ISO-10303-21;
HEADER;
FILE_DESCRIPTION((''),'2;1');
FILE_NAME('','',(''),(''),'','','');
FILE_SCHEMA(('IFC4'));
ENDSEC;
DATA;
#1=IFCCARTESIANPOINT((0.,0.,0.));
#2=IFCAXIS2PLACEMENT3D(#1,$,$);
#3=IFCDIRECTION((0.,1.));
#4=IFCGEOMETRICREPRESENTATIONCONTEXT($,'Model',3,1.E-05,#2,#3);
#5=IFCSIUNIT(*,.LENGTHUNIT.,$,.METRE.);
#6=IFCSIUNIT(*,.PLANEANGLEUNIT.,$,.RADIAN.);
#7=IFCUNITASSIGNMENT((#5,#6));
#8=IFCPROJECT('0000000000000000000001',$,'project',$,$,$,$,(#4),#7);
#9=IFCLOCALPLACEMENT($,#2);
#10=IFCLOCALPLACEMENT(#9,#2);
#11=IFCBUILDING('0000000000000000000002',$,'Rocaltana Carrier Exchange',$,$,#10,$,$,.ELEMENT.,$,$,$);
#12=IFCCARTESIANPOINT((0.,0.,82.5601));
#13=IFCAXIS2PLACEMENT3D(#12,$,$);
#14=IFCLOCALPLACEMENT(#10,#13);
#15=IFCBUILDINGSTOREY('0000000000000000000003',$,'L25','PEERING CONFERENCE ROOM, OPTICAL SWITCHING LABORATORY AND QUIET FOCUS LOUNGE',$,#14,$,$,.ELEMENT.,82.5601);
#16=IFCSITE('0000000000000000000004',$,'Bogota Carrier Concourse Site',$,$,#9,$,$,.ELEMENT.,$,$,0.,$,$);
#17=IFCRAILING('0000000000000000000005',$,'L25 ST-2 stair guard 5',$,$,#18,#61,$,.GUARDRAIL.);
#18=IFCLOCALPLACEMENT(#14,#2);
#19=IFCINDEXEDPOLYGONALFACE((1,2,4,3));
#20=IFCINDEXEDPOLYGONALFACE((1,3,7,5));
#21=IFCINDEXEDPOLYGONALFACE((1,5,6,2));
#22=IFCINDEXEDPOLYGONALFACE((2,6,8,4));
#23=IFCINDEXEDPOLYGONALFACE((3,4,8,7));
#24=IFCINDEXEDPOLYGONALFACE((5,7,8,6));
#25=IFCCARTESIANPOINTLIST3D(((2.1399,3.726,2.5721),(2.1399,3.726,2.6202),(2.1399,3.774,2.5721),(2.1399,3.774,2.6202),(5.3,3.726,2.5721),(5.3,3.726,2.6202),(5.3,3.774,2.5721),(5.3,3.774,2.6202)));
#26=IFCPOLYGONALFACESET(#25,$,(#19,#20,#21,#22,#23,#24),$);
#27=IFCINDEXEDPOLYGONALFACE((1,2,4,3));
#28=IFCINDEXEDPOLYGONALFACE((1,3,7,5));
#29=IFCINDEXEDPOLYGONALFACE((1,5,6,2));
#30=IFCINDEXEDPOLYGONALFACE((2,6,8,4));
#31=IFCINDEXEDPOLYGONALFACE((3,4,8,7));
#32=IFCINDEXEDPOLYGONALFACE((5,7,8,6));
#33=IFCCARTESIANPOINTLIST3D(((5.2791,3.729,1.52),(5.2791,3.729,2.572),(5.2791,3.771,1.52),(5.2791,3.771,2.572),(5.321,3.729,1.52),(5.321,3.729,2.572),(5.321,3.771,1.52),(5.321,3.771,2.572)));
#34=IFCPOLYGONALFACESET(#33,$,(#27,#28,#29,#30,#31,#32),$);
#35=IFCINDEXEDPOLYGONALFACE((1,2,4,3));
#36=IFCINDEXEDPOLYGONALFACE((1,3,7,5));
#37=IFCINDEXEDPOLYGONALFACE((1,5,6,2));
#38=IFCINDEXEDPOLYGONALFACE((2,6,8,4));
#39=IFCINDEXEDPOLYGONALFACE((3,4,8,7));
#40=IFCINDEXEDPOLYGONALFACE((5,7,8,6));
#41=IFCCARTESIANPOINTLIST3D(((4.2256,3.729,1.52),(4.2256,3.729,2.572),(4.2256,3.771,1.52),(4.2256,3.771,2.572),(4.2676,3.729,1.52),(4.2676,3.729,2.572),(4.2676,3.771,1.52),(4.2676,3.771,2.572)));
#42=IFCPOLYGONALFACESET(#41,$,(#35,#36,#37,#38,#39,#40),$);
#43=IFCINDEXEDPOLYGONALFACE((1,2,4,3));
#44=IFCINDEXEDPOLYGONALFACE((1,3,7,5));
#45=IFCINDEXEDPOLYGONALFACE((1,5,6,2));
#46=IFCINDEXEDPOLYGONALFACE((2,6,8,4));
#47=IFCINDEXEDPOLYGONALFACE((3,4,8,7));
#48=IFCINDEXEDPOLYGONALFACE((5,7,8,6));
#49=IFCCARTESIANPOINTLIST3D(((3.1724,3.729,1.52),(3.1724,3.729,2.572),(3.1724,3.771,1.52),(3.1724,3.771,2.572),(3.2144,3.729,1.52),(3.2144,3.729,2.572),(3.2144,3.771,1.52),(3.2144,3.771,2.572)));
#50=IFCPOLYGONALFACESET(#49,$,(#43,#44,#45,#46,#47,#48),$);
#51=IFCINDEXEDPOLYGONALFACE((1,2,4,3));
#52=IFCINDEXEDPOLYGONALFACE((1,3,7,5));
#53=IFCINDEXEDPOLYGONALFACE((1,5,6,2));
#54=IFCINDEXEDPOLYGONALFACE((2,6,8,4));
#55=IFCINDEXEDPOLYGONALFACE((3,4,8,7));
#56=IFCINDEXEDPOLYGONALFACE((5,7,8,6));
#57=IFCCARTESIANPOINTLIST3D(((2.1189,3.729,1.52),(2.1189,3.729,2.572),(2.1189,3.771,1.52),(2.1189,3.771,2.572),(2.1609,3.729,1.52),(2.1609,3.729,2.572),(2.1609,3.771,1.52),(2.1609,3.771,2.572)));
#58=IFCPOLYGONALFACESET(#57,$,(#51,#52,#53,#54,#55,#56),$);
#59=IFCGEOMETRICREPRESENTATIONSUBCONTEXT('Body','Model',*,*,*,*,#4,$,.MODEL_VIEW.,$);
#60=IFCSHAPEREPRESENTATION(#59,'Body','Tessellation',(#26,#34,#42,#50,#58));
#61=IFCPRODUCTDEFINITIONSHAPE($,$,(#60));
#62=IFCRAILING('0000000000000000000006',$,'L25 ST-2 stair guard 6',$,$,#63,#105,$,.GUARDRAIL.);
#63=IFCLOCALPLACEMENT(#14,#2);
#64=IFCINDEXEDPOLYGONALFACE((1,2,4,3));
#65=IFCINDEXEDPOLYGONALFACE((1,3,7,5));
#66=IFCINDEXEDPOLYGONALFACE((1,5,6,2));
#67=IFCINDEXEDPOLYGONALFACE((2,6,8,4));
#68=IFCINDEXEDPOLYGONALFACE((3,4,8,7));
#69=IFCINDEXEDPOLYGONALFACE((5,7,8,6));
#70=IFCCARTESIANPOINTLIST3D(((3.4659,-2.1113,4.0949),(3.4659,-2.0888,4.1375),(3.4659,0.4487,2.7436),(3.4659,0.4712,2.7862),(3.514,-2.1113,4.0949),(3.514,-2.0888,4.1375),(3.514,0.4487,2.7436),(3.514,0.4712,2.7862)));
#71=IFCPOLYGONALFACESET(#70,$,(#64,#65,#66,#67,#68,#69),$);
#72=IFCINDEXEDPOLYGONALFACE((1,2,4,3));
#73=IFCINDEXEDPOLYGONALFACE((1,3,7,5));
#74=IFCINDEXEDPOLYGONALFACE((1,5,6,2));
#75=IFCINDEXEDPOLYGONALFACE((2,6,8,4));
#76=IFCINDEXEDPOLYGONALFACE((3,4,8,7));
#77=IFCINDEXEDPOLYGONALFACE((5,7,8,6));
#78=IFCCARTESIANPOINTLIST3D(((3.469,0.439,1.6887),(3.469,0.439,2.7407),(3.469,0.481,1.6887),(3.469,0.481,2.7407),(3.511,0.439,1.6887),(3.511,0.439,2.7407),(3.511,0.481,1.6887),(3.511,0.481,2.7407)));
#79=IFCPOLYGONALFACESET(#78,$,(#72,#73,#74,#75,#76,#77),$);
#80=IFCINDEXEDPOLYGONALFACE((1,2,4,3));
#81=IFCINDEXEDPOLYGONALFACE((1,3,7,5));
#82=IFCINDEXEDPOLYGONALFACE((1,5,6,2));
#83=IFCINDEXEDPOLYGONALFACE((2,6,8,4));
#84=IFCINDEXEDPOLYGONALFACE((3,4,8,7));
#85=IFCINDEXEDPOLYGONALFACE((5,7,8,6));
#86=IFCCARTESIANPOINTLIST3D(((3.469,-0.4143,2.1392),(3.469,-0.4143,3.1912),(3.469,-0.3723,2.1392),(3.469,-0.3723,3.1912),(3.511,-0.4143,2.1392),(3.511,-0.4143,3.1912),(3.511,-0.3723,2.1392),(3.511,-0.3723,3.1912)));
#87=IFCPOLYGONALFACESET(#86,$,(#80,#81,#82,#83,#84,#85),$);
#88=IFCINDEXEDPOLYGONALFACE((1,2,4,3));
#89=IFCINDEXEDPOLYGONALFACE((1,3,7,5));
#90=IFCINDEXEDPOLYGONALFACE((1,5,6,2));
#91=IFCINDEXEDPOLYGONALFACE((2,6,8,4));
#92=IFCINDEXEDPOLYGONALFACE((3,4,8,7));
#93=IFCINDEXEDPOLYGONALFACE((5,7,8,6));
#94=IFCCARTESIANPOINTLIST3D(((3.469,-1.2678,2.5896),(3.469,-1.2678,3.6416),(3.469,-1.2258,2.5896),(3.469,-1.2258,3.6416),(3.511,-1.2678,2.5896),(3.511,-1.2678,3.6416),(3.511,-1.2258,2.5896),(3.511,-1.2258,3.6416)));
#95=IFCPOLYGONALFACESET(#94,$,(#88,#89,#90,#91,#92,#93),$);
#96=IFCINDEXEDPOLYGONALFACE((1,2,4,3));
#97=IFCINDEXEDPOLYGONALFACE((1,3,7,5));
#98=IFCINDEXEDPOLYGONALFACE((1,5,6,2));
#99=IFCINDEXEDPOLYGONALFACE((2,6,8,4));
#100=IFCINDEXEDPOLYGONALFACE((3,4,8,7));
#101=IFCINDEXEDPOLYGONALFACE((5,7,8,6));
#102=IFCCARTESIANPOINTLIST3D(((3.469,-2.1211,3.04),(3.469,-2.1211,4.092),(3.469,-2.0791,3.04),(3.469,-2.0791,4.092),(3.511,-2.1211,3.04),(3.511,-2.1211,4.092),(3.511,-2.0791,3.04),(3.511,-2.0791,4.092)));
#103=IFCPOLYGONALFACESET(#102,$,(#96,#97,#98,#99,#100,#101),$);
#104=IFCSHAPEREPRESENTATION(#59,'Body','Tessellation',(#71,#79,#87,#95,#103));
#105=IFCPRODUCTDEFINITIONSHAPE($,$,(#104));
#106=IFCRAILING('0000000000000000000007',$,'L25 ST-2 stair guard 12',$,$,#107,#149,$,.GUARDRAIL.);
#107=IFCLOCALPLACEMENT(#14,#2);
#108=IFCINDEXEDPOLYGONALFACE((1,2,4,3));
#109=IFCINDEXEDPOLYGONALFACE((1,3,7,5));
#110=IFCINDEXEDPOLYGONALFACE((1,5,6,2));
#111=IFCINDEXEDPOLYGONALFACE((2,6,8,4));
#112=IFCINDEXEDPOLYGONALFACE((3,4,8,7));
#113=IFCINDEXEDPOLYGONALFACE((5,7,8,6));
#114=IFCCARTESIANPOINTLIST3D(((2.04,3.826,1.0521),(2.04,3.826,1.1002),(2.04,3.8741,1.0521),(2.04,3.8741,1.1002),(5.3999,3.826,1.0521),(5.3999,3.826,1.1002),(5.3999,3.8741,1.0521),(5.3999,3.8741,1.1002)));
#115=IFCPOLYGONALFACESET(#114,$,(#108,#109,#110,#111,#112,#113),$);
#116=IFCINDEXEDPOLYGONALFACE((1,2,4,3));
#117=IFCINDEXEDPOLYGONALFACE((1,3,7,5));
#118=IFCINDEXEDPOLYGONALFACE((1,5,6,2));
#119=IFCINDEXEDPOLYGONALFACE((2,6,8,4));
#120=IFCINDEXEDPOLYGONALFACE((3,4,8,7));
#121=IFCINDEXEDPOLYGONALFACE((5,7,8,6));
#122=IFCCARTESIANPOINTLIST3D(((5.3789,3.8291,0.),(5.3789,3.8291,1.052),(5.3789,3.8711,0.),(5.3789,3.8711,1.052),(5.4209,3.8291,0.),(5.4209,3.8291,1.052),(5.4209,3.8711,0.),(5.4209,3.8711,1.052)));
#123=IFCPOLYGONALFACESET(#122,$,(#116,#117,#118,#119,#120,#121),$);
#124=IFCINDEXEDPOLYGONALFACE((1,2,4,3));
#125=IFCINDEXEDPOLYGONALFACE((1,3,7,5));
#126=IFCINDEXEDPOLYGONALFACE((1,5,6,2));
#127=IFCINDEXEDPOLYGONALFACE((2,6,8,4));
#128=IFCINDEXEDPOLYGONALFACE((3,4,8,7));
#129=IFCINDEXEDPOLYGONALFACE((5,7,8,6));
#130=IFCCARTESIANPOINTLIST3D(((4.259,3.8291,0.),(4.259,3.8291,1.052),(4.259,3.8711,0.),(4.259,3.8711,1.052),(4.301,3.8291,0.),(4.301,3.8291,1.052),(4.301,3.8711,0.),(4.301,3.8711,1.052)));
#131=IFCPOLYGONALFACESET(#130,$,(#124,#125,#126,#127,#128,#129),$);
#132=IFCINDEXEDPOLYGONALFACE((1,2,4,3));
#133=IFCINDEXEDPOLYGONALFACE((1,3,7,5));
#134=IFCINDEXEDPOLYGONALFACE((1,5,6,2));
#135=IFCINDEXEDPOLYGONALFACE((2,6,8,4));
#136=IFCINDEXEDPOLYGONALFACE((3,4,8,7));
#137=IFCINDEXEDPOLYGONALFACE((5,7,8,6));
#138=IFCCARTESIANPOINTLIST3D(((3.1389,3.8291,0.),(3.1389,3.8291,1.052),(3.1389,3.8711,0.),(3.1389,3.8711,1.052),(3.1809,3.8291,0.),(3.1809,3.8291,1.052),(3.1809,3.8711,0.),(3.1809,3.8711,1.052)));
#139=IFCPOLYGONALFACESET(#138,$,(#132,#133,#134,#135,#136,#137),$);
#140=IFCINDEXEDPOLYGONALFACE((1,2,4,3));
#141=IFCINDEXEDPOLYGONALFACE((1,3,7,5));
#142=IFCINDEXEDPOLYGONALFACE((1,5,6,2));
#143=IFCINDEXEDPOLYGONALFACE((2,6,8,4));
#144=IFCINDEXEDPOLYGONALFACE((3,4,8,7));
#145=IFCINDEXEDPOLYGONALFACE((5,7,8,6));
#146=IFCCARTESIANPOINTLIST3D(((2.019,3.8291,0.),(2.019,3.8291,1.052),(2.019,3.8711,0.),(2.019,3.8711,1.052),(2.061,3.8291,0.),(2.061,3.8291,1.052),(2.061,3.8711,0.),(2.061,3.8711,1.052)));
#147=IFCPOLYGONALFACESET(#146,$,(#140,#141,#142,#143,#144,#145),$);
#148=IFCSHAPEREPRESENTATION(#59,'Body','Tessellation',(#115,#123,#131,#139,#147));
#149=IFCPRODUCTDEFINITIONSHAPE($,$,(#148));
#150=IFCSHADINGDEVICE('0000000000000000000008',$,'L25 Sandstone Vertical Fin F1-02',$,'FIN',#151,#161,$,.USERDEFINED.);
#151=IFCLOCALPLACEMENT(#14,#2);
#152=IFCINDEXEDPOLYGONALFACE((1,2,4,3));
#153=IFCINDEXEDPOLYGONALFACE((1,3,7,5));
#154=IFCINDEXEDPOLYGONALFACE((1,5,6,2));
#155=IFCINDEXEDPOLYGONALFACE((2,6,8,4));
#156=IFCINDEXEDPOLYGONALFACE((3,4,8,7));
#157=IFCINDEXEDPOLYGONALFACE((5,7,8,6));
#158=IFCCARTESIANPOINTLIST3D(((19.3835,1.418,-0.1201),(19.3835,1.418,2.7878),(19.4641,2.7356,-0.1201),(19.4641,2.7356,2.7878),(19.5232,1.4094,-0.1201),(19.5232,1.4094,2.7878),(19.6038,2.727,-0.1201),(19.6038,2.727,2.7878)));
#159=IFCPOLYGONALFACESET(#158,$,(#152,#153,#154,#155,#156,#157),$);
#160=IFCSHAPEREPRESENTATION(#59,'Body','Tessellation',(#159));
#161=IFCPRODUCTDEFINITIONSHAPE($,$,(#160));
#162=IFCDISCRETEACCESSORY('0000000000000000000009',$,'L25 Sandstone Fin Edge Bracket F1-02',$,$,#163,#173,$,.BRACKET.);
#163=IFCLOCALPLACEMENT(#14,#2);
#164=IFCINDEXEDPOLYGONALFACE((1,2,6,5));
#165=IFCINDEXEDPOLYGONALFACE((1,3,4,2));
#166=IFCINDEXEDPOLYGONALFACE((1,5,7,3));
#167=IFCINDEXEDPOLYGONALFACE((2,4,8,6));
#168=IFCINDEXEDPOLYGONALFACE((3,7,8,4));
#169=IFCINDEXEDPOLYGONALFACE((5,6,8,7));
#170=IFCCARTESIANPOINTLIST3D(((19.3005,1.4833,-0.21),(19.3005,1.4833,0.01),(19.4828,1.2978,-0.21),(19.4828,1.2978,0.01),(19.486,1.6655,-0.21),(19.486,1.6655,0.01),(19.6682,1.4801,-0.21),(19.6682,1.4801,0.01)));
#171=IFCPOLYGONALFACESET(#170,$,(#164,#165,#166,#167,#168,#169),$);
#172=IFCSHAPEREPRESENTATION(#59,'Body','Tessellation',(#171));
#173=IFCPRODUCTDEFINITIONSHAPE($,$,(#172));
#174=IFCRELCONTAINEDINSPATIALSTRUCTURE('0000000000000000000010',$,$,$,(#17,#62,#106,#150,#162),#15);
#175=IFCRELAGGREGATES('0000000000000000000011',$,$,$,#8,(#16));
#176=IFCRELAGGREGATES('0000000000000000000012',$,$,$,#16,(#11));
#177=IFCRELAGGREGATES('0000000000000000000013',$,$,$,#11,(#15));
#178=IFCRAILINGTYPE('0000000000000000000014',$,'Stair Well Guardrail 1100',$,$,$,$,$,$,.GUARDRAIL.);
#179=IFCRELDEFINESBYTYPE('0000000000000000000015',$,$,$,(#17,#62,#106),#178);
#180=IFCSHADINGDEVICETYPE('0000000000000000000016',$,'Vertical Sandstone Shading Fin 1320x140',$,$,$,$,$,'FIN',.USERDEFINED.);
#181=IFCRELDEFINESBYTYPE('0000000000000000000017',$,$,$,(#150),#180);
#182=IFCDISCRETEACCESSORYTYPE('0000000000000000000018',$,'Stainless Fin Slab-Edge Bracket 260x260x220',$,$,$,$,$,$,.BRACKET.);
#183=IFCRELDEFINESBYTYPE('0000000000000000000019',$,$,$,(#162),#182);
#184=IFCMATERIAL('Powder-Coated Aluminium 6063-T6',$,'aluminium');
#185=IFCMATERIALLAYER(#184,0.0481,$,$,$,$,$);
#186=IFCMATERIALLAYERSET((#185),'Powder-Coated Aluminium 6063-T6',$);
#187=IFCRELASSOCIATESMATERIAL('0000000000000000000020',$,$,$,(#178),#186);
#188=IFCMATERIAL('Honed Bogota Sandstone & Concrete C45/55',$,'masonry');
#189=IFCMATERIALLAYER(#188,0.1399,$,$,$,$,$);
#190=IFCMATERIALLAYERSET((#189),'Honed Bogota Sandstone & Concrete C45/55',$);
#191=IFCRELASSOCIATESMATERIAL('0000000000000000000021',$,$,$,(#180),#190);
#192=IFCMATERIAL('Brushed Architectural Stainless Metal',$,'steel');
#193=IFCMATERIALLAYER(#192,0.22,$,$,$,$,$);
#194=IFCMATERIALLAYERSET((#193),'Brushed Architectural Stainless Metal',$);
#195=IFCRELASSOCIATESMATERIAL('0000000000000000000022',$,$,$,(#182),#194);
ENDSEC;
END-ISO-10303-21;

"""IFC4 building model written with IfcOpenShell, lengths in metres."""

from ifc_helpers import new_model, si_unit, direction, frame, origin, origin_2d, place, context, subcontext, project, spatial, rectangle, extrude, material, layer, layer_set, type_object, element, save


model = new_model("IFC4")

# Units and contexts
model_context = context("Model", 3, precision=1e-05, world=origin(), true_north=direction((0.0, 1.0)))
body_context = subcontext(model_context, "Body", "Model", "MODEL_VIEW")
ifc_project = project(units=[si_unit("LENGTHUNIT", "METRE"), si_unit("PLANEANGLEUNIT", "RADIAN")], contexts=[model_context])

# Site, building, storey
site_placement = place(None, origin())
site = spatial("IfcSite", under=ifc_project, at=site_placement, Name="Bogota Carrier Concourse Site", CompositionType="ELEMENT", RefElevation=0.0)
building_placement = place(site_placement, origin())
building = spatial("IfcBuilding", under=site, at=building_placement, Name="Rocaltana Carrier Exchange", CompositionType="ELEMENT")
storey_placement = place(building_placement, frame((0.0, 0.0, 82.5601)))
storey = spatial("IfcBuildingStorey", under=building, at=storey_placement, Name="L25", Description="PEERING CONFERENCE ROOM, OPTICAL SWITCHING LABORATORY AND QUIET FOCUS LOUNGE", CompositionType="ELEMENT", Elevation=82.5601)

# Railings
ifc_material_1 = material(Name="Powder-Coated Aluminium 6063-T6", Category="aluminium")
ifc_layer_1 = layer(ifc_material_1, 0.0481)
ifc_layer_set_1 = layer_set([ifc_layer_1], Name="Powder-Coated Aluminium 6063-T6")
railing_type_1 = type_object("IfcRailingType", Name="Stair Well Guardrail 1100", PredefinedType="GUARDRAIL", material=ifc_layer_set_1)
railing_1_placement = place(storey_placement, frame((5.3, 3.75, 1.52)))
element("IfcRailing", 1, at=railing_1_placement, inside=storey, type_object=railing_type_1, Name="L25 ST-2 stair guard 5", PredefinedType="GUARDRAIL", context=body_context, shape_type="SweptSolid", body=[
    extrude(rectangle(XDim=0.0481, YDim=0.0481, at=origin_2d()), frame((0.0, 0.0, 1.0762), z_axis=(-1.0, 0.0, 0.0), x_axis=(0.0, -1.0, 0.0)), (0.0, 0.0, 1.0), 3.1602),
    extrude(rectangle(XDim=0.042, YDim=0.042, at=origin_2d()), origin(), (0.0, 0.0, 1.0), 1.052),
    extrude(rectangle(XDim=0.042, YDim=0.042, at=origin_2d()), frame((-1.0535, 0.0, 0.0)), (0.0, 0.0, 1.0), 1.052),
    extrude(rectangle(XDim=0.042, YDim=0.042, at=origin_2d()), frame((-2.1067, 0.0, 0.0)), (0.0, 0.0, 1.0), 1.052),
    extrude(rectangle(XDim=0.042, YDim=0.042, at=origin_2d()), frame((-3.1602, 0.0, 0.0)), (0.0, 0.0, 1.0), 1.052),
])
railing_2_placement = place(storey_placement, frame((3.49, 0.46, 1.6887)))
element("IfcRailing", 2, at=railing_2_placement, inside=storey, type_object=railing_type_1, Name="L25 ST-2 stair guard 6", PredefinedType="GUARDRAIL", context=body_context, shape_type="SweptSolid", body=[
    extrude(rectangle(XDim=0.0481, YDim=0.0481, at=origin_2d()), frame((0.0, 0.0, 1.0762), z_axis=(0.0, -0.88436, 0.466806), x_axis=(1.0, 0.0, 0.0)), (0.0, 0.0, 1.0), 2.8948),
    extrude(rectangle(XDim=0.042, YDim=0.042, at=origin_2d()), origin(), (0.0, 0.0, 1.0), 1.052),
    extrude(rectangle(XDim=0.042, YDim=0.042, at=origin_2d()), frame((0.0, -0.8533, 0.4504)), (0.0, 0.0, 1.0), 1.052),
    extrude(rectangle(XDim=0.042, YDim=0.042, at=origin_2d()), frame((0.0, -1.7068, 0.9009)), (0.0, 0.0, 1.0), 1.052),
    extrude(rectangle(XDim=0.042, YDim=0.042, at=origin_2d()), frame((0.0, -2.5601, 1.3513)), (0.0, 0.0, 1.0), 1.052),
])
railing_3_placement = place(storey_placement, frame((5.3999, 3.8501, 0.0)))
element("IfcRailing", 3, at=railing_3_placement, inside=storey, type_object=railing_type_1, Name="L25 ST-2 stair guard 12", PredefinedType="GUARDRAIL", context=body_context, shape_type="SweptSolid", body=[
    extrude(rectangle(XDim=0.0481, YDim=0.0481, at=origin_2d()), frame((0.0, 0.0, 1.0762), z_axis=(-1.0, 0.0, 0.0), x_axis=(0.0, -1.0, 0.0)), (0.0, 0.0, 1.0), 3.3599),
    extrude(rectangle(XDim=0.042, YDim=0.042, at=origin_2d()), origin(), (0.0, 0.0, 1.0), 1.052),
    extrude(rectangle(XDim=0.042, YDim=0.042, at=origin_2d()), frame((-1.1199, 0.0, 0.0)), (0.0, 0.0, 1.0), 1.052),
    extrude(rectangle(XDim=0.042, YDim=0.042, at=origin_2d()), frame((-2.24, 0.0, 0.0)), (0.0, 0.0, 1.0), 1.052),
    extrude(rectangle(XDim=0.042, YDim=0.042, at=origin_2d()), frame((-3.3599, 0.0, 0.0)), (0.0, 0.0, 1.0), 1.052),
])

# Shading device
ifc_material_2 = material(Name="Honed Bogota Sandstone & Concrete C45/55", Category="masonry")
ifc_layer_2 = layer(ifc_material_2, 0.1399)
ifc_layer_set_2 = layer_set([ifc_layer_2], Name="Honed Bogota Sandstone & Concrete C45/55")
shading_device_type = type_object("IfcShadingDeviceType", Name="Vertical Sandstone Shading Fin 1320x140", ElementType="FIN", PredefinedType="USERDEFINED", material=ifc_layer_set_2)
shading_device_placement = place(storey_placement, frame((19.4937, 2.0725, -0.1201), z_axis=(0.0, 0.0, 1.0), x_axis=(0.061049, 0.998135, 0.0)))
element("IfcShadingDevice", 4, at=shading_device_placement, inside=storey, type_object=shading_device_type, Name="L25 Sandstone Vertical Fin F1-02", ObjectType="FIN", PredefinedType="USERDEFINED", context=body_context, shape_type="SweptSolid", body=[
    extrude(rectangle(XDim=1.3201, YDim=0.1399, at=origin_2d()), origin(), (0.0, 0.0, 1.0), 2.908),
])

# Discrete accessory
ifc_material_3 = material(Name="Brushed Architectural Stainless Metal", Category="steel")
ifc_layer_3 = layer(ifc_material_3, 0.22)
ifc_layer_set_3 = layer_set([ifc_layer_3], Name="Brushed Architectural Stainless Metal")
discrete_accessory_type = type_object("IfcDiscreteAccessoryType", Name="Stainless Fin Slab-Edge Bracket 260x260x220", PredefinedType="BRACKET", material=ifc_layer_set_3)
discrete_accessory_placement = place(storey_placement, frame((19.4844, 1.4817, -0.21), z_axis=(0.0, 0.0, 1.0), x_axis=(-0.700909, 0.71325, 0.0)))
element("IfcDiscreteAccessory", 5, at=discrete_accessory_placement, inside=storey, type_object=discrete_accessory_type, Name="L25 Sandstone Fin Edge Bracket F1-02", PredefinedType="BRACKET", context=body_context, shape_type="SweptSolid", body=[
    extrude(rectangle(XDim=0.26, YDim=0.26, at=origin_2d()), origin(), (0.0, 0.0, 1.0), 0.22),
])

save(model, "model.ifc")
